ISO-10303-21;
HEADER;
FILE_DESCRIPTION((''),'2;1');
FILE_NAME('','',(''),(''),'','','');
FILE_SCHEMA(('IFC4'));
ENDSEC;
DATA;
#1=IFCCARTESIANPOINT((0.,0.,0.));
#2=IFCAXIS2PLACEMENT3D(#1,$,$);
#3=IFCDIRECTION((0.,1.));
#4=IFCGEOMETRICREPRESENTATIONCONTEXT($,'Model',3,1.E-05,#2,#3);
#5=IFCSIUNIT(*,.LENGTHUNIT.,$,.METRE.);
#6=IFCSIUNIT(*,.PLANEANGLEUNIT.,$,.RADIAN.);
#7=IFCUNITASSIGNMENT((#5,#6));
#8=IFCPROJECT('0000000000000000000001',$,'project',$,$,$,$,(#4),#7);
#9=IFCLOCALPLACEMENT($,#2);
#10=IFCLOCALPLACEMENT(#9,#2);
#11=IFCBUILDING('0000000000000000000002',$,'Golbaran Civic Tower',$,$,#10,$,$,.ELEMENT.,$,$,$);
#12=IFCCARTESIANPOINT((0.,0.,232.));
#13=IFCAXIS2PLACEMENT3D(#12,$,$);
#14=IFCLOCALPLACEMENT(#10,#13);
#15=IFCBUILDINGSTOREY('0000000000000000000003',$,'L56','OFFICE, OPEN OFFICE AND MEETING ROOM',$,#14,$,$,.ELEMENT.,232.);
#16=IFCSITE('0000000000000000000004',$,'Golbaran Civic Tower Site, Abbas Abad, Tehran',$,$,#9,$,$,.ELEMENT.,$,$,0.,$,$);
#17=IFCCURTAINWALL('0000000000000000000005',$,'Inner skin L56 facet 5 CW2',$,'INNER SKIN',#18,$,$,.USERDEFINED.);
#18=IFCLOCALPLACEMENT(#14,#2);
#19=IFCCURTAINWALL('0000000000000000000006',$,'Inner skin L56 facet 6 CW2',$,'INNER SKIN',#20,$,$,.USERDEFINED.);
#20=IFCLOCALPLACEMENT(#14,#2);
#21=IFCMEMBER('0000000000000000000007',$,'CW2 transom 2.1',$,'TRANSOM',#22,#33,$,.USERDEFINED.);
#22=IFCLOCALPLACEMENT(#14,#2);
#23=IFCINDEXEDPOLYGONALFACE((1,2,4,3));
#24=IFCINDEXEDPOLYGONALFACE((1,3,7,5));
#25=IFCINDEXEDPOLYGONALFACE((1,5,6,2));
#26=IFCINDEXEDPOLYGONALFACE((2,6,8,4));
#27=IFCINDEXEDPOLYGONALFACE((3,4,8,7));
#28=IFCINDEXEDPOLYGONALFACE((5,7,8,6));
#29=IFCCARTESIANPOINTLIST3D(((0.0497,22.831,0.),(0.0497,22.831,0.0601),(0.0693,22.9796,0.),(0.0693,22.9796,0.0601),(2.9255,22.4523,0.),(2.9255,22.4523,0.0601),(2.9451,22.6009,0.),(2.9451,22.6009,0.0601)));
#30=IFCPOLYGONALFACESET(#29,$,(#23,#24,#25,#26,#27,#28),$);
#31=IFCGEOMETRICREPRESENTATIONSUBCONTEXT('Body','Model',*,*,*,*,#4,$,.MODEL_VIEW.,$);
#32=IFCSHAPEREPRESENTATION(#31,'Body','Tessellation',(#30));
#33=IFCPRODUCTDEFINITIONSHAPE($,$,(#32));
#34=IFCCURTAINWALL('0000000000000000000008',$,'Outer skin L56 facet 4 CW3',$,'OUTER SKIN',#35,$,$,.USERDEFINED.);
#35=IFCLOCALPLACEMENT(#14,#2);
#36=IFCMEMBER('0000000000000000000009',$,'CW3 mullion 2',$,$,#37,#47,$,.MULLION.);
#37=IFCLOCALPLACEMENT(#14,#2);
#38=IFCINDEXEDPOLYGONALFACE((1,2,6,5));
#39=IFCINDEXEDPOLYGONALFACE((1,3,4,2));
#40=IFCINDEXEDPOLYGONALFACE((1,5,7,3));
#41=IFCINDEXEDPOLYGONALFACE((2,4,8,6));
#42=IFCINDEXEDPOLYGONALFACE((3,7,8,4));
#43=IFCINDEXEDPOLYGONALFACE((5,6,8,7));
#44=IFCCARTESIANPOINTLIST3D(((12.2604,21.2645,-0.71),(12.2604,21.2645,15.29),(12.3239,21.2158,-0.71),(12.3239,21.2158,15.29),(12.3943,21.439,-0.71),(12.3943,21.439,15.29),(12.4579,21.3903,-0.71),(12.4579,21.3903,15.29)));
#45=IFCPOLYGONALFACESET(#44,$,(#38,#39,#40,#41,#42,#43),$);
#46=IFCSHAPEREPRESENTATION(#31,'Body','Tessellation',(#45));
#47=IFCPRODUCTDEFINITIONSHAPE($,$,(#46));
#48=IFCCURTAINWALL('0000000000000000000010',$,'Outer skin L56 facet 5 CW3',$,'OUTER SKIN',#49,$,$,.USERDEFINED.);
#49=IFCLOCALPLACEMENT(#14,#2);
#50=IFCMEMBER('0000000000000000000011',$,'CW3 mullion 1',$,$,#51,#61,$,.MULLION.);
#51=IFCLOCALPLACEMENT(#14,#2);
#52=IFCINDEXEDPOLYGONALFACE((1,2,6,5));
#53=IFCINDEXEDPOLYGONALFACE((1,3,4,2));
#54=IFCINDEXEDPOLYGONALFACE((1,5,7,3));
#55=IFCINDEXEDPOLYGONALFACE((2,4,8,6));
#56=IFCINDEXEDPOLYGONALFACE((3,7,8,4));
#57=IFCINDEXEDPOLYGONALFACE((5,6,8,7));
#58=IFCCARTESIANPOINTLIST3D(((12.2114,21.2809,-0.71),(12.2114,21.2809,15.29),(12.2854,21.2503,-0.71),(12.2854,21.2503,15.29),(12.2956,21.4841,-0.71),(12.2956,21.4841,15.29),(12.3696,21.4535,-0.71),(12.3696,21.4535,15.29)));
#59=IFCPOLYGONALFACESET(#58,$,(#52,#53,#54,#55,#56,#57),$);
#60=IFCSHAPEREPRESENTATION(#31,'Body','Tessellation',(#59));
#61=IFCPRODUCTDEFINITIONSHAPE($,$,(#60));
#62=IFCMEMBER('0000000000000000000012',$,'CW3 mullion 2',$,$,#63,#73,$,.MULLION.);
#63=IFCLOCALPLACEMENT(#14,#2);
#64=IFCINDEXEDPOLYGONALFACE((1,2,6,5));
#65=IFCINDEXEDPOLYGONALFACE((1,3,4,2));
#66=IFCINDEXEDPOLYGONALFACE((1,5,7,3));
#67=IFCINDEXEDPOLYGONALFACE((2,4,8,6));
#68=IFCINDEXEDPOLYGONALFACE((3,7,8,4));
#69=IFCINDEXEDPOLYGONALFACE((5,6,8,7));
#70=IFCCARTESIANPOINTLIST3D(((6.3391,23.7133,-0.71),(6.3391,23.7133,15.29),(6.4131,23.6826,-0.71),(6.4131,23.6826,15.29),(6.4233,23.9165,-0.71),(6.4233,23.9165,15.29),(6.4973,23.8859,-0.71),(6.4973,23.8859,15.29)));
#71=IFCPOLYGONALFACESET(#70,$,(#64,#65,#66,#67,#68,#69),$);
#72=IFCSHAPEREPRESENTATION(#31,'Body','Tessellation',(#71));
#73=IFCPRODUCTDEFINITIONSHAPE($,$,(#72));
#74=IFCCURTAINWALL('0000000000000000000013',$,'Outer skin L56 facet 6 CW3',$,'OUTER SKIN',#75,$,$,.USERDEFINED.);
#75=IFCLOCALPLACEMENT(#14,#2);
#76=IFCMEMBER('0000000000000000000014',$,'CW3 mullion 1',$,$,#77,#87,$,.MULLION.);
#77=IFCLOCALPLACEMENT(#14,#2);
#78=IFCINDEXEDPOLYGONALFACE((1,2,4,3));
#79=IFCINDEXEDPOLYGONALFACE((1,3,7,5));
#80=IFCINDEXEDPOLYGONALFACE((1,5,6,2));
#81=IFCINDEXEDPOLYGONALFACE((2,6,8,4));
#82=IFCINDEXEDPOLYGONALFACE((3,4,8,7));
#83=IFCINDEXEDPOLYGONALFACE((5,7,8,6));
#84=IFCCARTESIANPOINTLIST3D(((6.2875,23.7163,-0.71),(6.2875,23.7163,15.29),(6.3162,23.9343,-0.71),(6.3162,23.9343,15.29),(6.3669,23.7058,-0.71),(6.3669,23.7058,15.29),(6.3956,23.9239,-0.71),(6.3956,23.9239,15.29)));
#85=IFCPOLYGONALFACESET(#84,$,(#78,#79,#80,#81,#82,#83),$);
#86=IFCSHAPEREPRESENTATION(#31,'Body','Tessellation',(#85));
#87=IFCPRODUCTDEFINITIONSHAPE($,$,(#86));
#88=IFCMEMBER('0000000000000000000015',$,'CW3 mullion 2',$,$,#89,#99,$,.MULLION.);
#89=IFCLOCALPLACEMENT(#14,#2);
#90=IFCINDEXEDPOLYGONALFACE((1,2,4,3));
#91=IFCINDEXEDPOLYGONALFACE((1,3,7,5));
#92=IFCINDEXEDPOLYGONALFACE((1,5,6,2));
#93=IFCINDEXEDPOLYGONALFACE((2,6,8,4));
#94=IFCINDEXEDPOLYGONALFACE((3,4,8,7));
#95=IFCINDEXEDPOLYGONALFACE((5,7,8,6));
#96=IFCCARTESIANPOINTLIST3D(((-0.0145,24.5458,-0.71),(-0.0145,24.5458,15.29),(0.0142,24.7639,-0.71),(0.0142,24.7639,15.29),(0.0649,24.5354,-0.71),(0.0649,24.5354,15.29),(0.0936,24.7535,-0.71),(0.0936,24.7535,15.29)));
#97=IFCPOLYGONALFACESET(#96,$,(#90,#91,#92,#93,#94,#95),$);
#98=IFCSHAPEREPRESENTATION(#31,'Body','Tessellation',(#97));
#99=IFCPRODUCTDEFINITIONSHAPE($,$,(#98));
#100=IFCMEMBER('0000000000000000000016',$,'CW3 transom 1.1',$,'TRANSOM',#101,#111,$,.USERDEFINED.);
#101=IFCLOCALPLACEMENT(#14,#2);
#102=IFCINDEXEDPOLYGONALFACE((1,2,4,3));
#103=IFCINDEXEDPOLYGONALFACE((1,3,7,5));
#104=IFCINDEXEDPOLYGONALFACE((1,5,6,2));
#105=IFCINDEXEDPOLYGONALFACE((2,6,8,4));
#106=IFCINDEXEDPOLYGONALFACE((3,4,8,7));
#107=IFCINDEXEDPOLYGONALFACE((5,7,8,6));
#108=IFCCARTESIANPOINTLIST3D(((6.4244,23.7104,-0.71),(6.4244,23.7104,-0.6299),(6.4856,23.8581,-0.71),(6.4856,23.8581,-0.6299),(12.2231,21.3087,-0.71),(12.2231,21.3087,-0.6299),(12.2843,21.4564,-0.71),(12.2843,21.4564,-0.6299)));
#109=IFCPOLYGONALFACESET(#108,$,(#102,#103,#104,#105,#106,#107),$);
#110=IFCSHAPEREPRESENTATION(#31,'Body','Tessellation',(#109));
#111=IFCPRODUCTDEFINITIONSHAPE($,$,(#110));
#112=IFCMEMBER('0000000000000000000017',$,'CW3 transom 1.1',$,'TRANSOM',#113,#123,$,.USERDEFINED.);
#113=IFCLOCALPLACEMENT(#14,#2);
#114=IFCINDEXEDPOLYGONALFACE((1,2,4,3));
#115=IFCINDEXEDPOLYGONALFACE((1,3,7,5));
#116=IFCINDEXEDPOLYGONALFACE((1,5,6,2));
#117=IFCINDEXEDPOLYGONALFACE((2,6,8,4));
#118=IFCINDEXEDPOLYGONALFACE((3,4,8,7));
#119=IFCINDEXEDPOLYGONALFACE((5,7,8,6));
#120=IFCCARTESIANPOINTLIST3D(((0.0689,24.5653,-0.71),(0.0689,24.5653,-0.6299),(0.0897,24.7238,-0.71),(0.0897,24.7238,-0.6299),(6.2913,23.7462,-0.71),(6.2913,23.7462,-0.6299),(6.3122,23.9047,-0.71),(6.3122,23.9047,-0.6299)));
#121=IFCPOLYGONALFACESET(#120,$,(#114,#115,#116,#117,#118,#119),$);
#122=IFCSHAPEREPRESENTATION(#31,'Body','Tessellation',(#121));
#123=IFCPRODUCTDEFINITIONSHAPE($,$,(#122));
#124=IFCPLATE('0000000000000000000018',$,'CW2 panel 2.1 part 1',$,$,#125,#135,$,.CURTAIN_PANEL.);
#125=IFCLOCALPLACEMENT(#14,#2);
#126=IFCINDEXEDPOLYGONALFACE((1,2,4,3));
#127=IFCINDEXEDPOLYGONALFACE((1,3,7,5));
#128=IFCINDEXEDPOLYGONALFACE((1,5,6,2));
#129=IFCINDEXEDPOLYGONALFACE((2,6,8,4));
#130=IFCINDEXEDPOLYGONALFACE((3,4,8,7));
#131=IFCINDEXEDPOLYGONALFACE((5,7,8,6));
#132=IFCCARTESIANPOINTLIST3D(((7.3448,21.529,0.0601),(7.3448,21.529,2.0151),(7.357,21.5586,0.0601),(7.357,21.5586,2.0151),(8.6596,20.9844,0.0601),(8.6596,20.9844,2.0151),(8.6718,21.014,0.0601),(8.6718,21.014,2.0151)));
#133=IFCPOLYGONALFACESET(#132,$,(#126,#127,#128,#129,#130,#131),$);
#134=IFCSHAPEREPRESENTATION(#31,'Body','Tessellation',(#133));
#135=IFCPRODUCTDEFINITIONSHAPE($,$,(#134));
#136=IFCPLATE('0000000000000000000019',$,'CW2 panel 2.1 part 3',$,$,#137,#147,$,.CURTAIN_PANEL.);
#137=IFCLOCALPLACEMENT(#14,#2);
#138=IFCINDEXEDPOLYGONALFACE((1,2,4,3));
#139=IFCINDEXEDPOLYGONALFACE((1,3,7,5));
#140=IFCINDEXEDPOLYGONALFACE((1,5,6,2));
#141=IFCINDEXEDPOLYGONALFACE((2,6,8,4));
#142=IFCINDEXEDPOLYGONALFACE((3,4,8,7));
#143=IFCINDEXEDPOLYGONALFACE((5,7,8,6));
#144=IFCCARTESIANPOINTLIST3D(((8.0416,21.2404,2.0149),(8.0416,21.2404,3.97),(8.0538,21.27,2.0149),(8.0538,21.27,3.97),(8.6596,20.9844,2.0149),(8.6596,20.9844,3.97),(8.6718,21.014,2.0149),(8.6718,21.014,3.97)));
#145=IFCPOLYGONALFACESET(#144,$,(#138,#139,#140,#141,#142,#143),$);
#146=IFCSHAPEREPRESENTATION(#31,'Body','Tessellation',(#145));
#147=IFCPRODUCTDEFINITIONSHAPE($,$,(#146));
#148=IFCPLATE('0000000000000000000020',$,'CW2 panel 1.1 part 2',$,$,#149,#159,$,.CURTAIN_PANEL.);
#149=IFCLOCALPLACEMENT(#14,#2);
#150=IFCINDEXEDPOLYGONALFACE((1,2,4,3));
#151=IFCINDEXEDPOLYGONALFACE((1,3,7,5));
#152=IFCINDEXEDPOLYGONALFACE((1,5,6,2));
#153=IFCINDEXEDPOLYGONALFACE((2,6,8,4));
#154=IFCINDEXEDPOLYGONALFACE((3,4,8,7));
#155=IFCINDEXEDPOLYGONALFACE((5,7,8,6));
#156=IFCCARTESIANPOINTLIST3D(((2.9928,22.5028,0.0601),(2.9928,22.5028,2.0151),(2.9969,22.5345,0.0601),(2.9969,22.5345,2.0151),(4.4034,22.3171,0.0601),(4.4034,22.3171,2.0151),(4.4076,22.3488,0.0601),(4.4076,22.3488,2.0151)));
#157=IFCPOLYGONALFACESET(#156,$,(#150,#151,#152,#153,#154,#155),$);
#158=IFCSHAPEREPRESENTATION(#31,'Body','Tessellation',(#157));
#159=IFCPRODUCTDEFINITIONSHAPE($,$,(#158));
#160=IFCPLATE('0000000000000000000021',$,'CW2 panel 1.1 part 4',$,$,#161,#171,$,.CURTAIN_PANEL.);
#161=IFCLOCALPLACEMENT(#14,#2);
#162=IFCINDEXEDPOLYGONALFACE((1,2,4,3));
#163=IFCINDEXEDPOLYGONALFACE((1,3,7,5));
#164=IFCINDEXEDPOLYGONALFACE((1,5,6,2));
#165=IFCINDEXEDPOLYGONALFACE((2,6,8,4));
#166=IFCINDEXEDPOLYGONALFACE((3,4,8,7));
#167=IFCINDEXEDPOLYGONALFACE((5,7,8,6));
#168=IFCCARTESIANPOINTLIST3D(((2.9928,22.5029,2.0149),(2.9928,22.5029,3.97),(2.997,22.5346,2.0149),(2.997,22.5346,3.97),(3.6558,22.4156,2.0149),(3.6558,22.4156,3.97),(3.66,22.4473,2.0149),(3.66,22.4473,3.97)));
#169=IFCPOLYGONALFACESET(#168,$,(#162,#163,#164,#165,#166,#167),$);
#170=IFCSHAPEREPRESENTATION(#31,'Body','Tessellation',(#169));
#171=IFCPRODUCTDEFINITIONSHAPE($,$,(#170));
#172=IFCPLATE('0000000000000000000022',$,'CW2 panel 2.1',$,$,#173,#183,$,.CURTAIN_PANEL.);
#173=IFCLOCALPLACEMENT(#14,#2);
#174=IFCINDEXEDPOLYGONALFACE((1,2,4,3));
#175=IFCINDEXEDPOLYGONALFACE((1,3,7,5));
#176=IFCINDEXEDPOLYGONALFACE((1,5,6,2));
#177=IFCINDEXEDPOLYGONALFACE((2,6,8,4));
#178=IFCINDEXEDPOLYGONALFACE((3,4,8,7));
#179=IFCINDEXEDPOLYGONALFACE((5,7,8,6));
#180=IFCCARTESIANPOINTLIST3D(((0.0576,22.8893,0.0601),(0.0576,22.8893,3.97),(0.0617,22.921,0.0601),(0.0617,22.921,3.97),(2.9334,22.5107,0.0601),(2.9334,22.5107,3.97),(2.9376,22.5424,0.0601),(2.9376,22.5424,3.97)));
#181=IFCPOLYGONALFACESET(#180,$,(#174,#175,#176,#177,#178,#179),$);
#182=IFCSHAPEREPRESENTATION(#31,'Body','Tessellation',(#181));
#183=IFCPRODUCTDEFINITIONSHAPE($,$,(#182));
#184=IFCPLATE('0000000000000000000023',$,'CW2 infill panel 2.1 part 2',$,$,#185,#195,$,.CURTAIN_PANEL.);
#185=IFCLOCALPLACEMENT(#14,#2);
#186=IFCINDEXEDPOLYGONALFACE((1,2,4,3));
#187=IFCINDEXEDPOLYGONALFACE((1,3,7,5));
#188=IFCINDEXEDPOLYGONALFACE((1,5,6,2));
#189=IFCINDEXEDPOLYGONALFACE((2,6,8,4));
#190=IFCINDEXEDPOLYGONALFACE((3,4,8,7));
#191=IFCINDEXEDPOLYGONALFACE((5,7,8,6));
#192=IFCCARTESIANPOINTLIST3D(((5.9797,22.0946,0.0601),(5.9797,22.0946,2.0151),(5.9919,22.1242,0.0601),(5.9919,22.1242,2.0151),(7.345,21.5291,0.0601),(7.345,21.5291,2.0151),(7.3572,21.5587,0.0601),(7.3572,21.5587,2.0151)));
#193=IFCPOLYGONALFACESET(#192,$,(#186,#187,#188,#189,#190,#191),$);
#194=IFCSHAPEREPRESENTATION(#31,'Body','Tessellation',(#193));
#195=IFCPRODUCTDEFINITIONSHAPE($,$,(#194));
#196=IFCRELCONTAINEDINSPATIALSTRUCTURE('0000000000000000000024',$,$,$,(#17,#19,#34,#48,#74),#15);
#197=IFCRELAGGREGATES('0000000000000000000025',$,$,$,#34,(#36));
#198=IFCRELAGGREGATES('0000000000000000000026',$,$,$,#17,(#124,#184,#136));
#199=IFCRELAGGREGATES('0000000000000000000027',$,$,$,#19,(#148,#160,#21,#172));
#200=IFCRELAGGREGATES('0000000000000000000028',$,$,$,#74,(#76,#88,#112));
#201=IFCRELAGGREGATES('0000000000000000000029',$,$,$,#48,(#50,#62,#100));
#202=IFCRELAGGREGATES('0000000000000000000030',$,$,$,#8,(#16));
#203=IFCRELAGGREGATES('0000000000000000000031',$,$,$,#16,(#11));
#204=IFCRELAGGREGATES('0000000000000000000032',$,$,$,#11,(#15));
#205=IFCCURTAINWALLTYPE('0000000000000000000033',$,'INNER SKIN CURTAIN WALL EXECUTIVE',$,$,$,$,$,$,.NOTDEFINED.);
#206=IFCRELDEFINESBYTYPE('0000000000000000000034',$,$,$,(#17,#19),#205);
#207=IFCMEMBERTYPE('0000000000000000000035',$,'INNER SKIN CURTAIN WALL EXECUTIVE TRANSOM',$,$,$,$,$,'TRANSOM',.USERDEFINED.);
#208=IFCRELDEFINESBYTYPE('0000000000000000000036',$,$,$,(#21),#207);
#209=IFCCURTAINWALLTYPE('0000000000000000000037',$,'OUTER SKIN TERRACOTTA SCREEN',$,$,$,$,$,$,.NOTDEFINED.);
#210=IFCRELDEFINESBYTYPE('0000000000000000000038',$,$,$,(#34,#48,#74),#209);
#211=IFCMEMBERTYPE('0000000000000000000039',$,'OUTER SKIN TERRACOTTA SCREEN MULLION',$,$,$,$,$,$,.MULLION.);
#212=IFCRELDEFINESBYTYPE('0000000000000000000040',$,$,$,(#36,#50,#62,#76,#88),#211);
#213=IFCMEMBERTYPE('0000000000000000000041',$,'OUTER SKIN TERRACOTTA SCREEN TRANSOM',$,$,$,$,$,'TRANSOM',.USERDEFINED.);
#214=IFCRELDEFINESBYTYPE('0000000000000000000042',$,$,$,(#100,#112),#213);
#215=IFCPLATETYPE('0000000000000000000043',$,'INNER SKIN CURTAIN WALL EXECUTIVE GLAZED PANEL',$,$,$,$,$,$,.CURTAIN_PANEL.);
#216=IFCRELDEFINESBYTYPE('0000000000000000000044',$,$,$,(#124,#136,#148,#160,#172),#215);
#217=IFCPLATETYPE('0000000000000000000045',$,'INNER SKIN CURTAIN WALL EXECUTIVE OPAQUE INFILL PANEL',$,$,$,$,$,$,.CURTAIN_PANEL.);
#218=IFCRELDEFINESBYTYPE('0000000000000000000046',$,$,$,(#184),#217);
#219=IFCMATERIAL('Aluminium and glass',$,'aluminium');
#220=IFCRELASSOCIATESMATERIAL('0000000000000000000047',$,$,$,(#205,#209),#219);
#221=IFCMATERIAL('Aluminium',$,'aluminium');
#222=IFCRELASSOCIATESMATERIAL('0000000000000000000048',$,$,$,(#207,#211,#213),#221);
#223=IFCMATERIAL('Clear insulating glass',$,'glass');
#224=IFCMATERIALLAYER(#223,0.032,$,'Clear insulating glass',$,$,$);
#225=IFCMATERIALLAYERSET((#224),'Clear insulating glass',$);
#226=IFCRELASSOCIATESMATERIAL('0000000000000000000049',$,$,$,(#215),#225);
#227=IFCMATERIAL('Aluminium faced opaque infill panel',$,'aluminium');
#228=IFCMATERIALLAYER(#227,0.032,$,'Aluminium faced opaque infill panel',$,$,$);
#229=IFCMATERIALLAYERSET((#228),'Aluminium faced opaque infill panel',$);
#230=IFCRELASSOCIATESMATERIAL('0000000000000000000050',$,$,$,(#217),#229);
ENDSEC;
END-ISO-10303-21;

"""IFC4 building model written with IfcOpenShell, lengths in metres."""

from ifc_helpers import new_model, si_unit, direction, frame, origin, origin_2d, place, context, subcontext, project, spatial, rectangle, extrude, material, layer, layer_set, material_profile, profile_set, type_object, element, aggregate, save


model = new_model("IFC4")

# Units and contexts
model_context = context("Model", 3, precision=1e-05, world=origin(), true_north=direction((0.0, 1.0)))
body_context = subcontext(model_context, "Body", "Model", "MODEL_VIEW")
ifc_project = project(units=[si_unit("LENGTHUNIT", "METRE"), si_unit("PLANEANGLEUNIT", "RADIAN")], contexts=[model_context])

# Site, building, storey
site_placement = place(None, origin())
site = spatial("IfcSite", under=ifc_project, at=site_placement, Name="Golbaran Civic Tower Site, Abbas Abad, Tehran", CompositionType="ELEMENT", RefElevation=0.0)
building_placement = place(site_placement, origin())
building = spatial("IfcBuilding", under=site, at=building_placement, Name="Golbaran Civic Tower", CompositionType="ELEMENT")
storey_placement = place(building_placement, frame((0.0, 0.0, 232.0)))
storey = spatial("IfcBuildingStorey", under=building, at=storey_placement, Name="L56", Description="OFFICE, OPEN OFFICE AND MEETING ROOM", CompositionType="ELEMENT", Elevation=232.0)

# Curtain wall
ifc_material_1 = material(Name="Aluminium and glass", Category="aluminium")
curtain_wall_type_1 = type_object("IfcCurtainWallType", Name="INNER SKIN CURTAIN WALL EXECUTIVE", PredefinedType="NOTDEFINED", material=ifc_material_1)
curtain_wall_1_placement = place(storey_placement, origin())
curtain_wall_1 = element("IfcCurtainWall", 1, at=curtain_wall_1_placement, inside=storey, type_object=curtain_wall_type_1, Name="Inner skin L56 facet 5 CW2", ObjectType="INNER SKIN", PredefinedType="USERDEFINED")
ifc_material_2 = material(Name="Aluminium", Category="aluminium")

# Curtain wall
curtain_wall_2_placement = place(storey_placement, origin())
curtain_wall_2 = element("IfcCurtainWall", 2, at=curtain_wall_2_placement, inside=storey, type_object=curtain_wall_type_1, Name="Inner skin L56 facet 6 CW2", ObjectType="INNER SKIN", PredefinedType="USERDEFINED")

# Member
ifc_material_profile_1 = material_profile(ifc_material_2, rectangle(XDim=0.1499, YDim=0.0601, at=origin_2d()), Name="INNER SKIN CURTAIN WALL EXECUTIVE TRANSOM")
ifc_profile_set_1 = profile_set([ifc_material_profile_1], Name="Aluminium")
member_type_1 = type_object("IfcMemberType", Name="INNER SKIN CURTAIN WALL EXECUTIVE TRANSOM", ElementType="TRANSOM", PredefinedType="USERDEFINED", material=ifc_profile_set_1)
member_1_placement = place(storey_placement, frame((2.9353, 22.5266, 0.03), z_axis=(-0.991442, 0.130548, 0.0), x_axis=(-0.130548, -0.991442, 0.0)))
member_1 = element("IfcMember", 3, at=member_1_placement, type_object=member_type_1, Name="CW2 transom 2.1", ObjectType="TRANSOM", PredefinedType="USERDEFINED", context=body_context, shape_type="SweptSolid", body=[
    extrude(rectangle(XDim=0.1499, YDim=0.0601, at=origin_2d()), origin(), (0.0, 0.0, 1.0), 2.9006),
])

# Curtain wall, member
curtain_wall_type_2 = type_object("IfcCurtainWallType", Name="OUTER SKIN TERRACOTTA SCREEN", PredefinedType="NOTDEFINED", material=ifc_material_1)
curtain_wall_3_placement = place(storey_placement, origin())
curtain_wall_3 = element("IfcCurtainWall", 4, at=curtain_wall_3_placement, inside=storey, type_object=curtain_wall_type_2, Name="Outer skin L56 facet 4 CW3", ObjectType="OUTER SKIN", PredefinedType="USERDEFINED")
ifc_material_profile_2 = material_profile(ifc_material_2, rectangle(XDim=0.22, YDim=0.0801, at=origin_2d()), Name="OUTER SKIN TERRACOTTA SCREEN MULLION")
ifc_profile_set_2 = profile_set([ifc_material_profile_2], Name="Aluminium")
member_type_2 = type_object("IfcMemberType", Name="OUTER SKIN TERRACOTTA SCREEN MULLION", PredefinedType="MULLION", material=ifc_profile_set_2)
member_2_placement = place(storey_placement, frame((12.3591, 21.3274, -0.71), z_axis=(0.0, 0.0, 1.0), x_axis=(-0.608761, -0.793353, 0.0)))
member_2 = element("IfcMember", 5, at=member_2_placement, type_object=member_type_2, Name="CW3 mullion 2", PredefinedType="MULLION", context=body_context, shape_type="SweptSolid", body=[
    extrude(rectangle(XDim=0.22, YDim=0.0801, at=origin_2d()), origin(), (0.0, 0.0, 1.0), 16.0),
])
aggregate(curtain_wall_3, [member_2])

# Curtain walls, members
curtain_wall_4_placement = place(storey_placement, origin())
curtain_wall_4 = element("IfcCurtainWall", 6, at=curtain_wall_4_placement, inside=storey, type_object=curtain_wall_type_2, Name="Outer skin L56 facet 5 CW3", ObjectType="OUTER SKIN", PredefinedType="USERDEFINED")
member_3_placement = place(storey_placement, frame((12.2905, 21.3672, -0.71), z_axis=(0.0, 0.0, 1.0), x_axis=(-0.382683, -0.92388, 0.0)))
member_3 = element("IfcMember", 7, at=member_3_placement, type_object=member_type_2, Name="CW3 mullion 1", PredefinedType="MULLION", context=body_context, shape_type="SweptSolid", body=[
    extrude(rectangle(XDim=0.22, YDim=0.0801, at=origin_2d()), origin(), (0.0, 0.0, 1.0), 16.0),
])
member_4_placement = place(storey_placement, frame((6.4182, 23.7996, -0.71), z_axis=(0.0, 0.0, 1.0), x_axis=(-0.382683, -0.92388, 0.0)))
member_4 = element("IfcMember", 8, at=member_4_placement, type_object=member_type_2, Name="CW3 mullion 2", PredefinedType="MULLION", context=body_context, shape_type="SweptSolid", body=[
    extrude(rectangle(XDim=0.22, YDim=0.0801, at=origin_2d()), origin(), (0.0, 0.0, 1.0), 16.0),
])
curtain_wall_5_placement = place(storey_placement, origin())
curtain_wall_5 = element("IfcCurtainWall", 9, at=curtain_wall_5_placement, inside=storey, type_object=curtain_wall_type_2, Name="Outer skin L56 facet 6 CW3", ObjectType="OUTER SKIN", PredefinedType="USERDEFINED")
member_5_placement = place(storey_placement, frame((6.3416, 23.8201, -0.71), z_axis=(0.0, 0.0, 1.0), x_axis=(-0.130526, -0.991445, 0.0)))
member_5 = element("IfcMember", 10, at=member_5_placement, type_object=member_type_2, Name="CW3 mullion 1", PredefinedType="MULLION", context=body_context, shape_type="SweptSolid", body=[
    extrude(rectangle(XDim=0.22, YDim=0.0801, at=origin_2d()), origin(), (0.0, 0.0, 1.0), 16.0),
])
member_6_placement = place(storey_placement, frame((0.0396, 24.6497, -0.71), z_axis=(0.0, 0.0, 1.0), x_axis=(-0.130526, -0.991445, 0.0)))
member_6 = element("IfcMember", 11, at=member_6_placement, type_object=member_type_2, Name="CW3 mullion 2", PredefinedType="MULLION", context=body_context, shape_type="SweptSolid", body=[
    extrude(rectangle(XDim=0.22, YDim=0.0801, at=origin_2d()), origin(), (0.0, 0.0, 1.0), 16.0),
])

# Members
ifc_material_profile_3 = material_profile(ifc_material_2, rectangle(XDim=0.1599, YDim=0.0801, at=origin_2d()), Name="OUTER SKIN TERRACOTTA SCREEN TRANSOM")
ifc_profile_set_3 = profile_set([ifc_material_profile_3], Name="Aluminium")
member_type_3 = type_object("IfcMemberType", Name="OUTER SKIN TERRACOTTA SCREEN TRANSOM", ElementType="TRANSOM", PredefinedType="USERDEFINED", material=ifc_profile_set_3)
member_7_placement = place(storey_placement, frame((12.2537, 21.3826, -0.6699), z_axis=(-0.923893, 0.382651, 0.0), x_axis=(-0.382651, -0.923893, 0.0)))
member_7 = element("IfcMember", 12, at=member_7_placement, type_object=member_type_3, Name="CW3 transom 1.1", ObjectType="TRANSOM", PredefinedType="USERDEFINED", context=body_context, shape_type="SweptSolid", body=[
    extrude(rectangle(XDim=0.1599, YDim=0.0801, at=origin_2d()), origin(), (0.0, 0.0, 1.0), 6.2764),
])
member_8_placement = place(storey_placement, frame((6.3018, 23.8254, -0.6699), z_axis=(-0.991447, 0.13051, 0.0), x_axis=(-0.13051, -0.991447, 0.0)))
member_8 = element("IfcMember", 13, at=member_8_placement, type_object=member_type_3, Name="CW3 transom 1.1", ObjectType="TRANSOM", PredefinedType="USERDEFINED", context=body_context, shape_type="SweptSolid", body=[
    extrude(rectangle(XDim=0.1599, YDim=0.0801, at=origin_2d()), origin(), (0.0, 0.0, 1.0), 6.2761),
])

# Plates
ifc_material_3 = material(Name="Clear insulating glass", Category="glass")
ifc_layer_1 = layer(ifc_material_3, 0.032, Name="Clear insulating glass")
ifc_layer_set_1 = layer_set([ifc_layer_1], Name="Clear insulating glass")
plate_type_1 = type_object("IfcPlateType", Name="INNER SKIN CURTAIN WALL EXECUTIVE GLAZED PANEL", PredefinedType="CURTAIN_PANEL", material=ifc_layer_set_1)
plate_1_placement = place(storey_placement, frame((8.0083, 21.2715, 0.0601), z_axis=(0.0, 0.0, 1.0), x_axis=(-0.92388, 0.382683, 0.0)))
plate_1 = element("IfcPlate", 14, at=plate_1_placement, type_object=plate_type_1, Name="CW2 panel 2.1 part 1", PredefinedType="CURTAIN_PANEL", context=body_context, shape_type="SweptSolid", body=[
    extrude(rectangle(XDim=1.4231, YDim=0.032, at=origin_2d()), origin(), (0.0, 0.0, 1.0), 1.9551),
])
plate_2_placement = place(storey_placement, frame((8.3567, 21.1272, 2.0149), z_axis=(0.0, 0.0, 1.0), x_axis=(-0.92388, 0.382683, 0.0)))
plate_2 = element("IfcPlate", 15, at=plate_2_placement, type_object=plate_type_1, Name="CW2 panel 2.1 part 3", PredefinedType="CURTAIN_PANEL", context=body_context, shape_type="SweptSolid", body=[
    extrude(rectangle(XDim=0.6689, YDim=0.032, at=origin_2d()), origin(), (0.0, 0.0, 1.0), 1.9551),
])
plate_3_placement = place(storey_placement, frame((3.7002, 22.4258, 0.0601), z_axis=(0.0, 0.0, 1.0), x_axis=(-0.991445, 0.130526, 0.0)))
plate_3 = element("IfcPlate", 16, at=plate_3_placement, type_object=plate_type_1, Name="CW2 panel 1.1 part 2", PredefinedType="CURTAIN_PANEL", context=body_context, shape_type="SweptSolid", body=[
    extrude(rectangle(XDim=1.4229, YDim=0.032, at=origin_2d()), origin(), (0.0, 0.0, 1.0), 1.9551),
])
plate_4_placement = place(storey_placement, frame((3.3264, 22.4751, 2.0149), z_axis=(0.0, 0.0, 1.0), x_axis=(-0.991445, 0.130526, 0.0)))
plate_4 = element("IfcPlate", 17, at=plate_4_placement, type_object=plate_type_1, Name="CW2 panel 1.1 part 4", PredefinedType="CURTAIN_PANEL", context=body_context, shape_type="SweptSolid", body=[
    extrude(rectangle(XDim=0.6687, YDim=0.032, at=origin_2d()), origin(), (0.0, 0.0, 1.0), 1.9551),
])
plate_5_placement = place(storey_placement, frame((1.4976, 22.7158, 0.0601), z_axis=(0.0, 0.0, 1.0), x_axis=(-0.991445, 0.130526, 0.0)))
plate_5 = element("IfcPlate", 18, at=plate_5_placement, type_object=plate_type_1, Name="CW2 panel 2.1", PredefinedType="CURTAIN_PANEL", context=body_context, shape_type="SweptSolid", body=[
    extrude(rectangle(XDim=2.9006, YDim=0.032, at=origin_2d()), origin(), (0.0, 0.0, 1.0), 3.9099),
])
ifc_material_4 = material(Name="Aluminium faced opaque infill panel", Category="aluminium")
ifc_layer_2 = layer(ifc_material_4, 0.032, Name="Aluminium faced opaque infill panel")
ifc_layer_set_2 = layer_set([ifc_layer_2], Name="Aluminium faced opaque infill panel")
plate_type_2 = type_object("IfcPlateType", Name="INNER SKIN CURTAIN WALL EXECUTIVE OPAQUE INFILL PANEL", PredefinedType="CURTAIN_PANEL", material=ifc_layer_set_2)
plate_6_placement = place(storey_placement, frame((6.6685, 21.8267, 0.0601), z_axis=(0.0, 0.0, 1.0), x_axis=(-0.92388, 0.382683, 0.0)))
plate_6 = element("IfcPlate", 19, at=plate_6_placement, type_object=plate_type_2, Name="CW2 infill panel 2.1 part 2", PredefinedType="CURTAIN_PANEL", context=body_context, shape_type="SweptSolid", body=[
    extrude(rectangle(XDim=1.4778, YDim=0.032, at=origin_2d()), origin(), (0.0, 0.0, 1.0), 1.9551),
])
aggregate(curtain_wall_1, [plate_1, plate_6, plate_2])
aggregate(curtain_wall_2, [plate_3, plate_4, member_1, plate_5])
aggregate(curtain_wall_5, [member_5, member_6, member_8])
aggregate(curtain_wall_4, [member_3, member_4, member_7])

save(model, "model.ifc")
